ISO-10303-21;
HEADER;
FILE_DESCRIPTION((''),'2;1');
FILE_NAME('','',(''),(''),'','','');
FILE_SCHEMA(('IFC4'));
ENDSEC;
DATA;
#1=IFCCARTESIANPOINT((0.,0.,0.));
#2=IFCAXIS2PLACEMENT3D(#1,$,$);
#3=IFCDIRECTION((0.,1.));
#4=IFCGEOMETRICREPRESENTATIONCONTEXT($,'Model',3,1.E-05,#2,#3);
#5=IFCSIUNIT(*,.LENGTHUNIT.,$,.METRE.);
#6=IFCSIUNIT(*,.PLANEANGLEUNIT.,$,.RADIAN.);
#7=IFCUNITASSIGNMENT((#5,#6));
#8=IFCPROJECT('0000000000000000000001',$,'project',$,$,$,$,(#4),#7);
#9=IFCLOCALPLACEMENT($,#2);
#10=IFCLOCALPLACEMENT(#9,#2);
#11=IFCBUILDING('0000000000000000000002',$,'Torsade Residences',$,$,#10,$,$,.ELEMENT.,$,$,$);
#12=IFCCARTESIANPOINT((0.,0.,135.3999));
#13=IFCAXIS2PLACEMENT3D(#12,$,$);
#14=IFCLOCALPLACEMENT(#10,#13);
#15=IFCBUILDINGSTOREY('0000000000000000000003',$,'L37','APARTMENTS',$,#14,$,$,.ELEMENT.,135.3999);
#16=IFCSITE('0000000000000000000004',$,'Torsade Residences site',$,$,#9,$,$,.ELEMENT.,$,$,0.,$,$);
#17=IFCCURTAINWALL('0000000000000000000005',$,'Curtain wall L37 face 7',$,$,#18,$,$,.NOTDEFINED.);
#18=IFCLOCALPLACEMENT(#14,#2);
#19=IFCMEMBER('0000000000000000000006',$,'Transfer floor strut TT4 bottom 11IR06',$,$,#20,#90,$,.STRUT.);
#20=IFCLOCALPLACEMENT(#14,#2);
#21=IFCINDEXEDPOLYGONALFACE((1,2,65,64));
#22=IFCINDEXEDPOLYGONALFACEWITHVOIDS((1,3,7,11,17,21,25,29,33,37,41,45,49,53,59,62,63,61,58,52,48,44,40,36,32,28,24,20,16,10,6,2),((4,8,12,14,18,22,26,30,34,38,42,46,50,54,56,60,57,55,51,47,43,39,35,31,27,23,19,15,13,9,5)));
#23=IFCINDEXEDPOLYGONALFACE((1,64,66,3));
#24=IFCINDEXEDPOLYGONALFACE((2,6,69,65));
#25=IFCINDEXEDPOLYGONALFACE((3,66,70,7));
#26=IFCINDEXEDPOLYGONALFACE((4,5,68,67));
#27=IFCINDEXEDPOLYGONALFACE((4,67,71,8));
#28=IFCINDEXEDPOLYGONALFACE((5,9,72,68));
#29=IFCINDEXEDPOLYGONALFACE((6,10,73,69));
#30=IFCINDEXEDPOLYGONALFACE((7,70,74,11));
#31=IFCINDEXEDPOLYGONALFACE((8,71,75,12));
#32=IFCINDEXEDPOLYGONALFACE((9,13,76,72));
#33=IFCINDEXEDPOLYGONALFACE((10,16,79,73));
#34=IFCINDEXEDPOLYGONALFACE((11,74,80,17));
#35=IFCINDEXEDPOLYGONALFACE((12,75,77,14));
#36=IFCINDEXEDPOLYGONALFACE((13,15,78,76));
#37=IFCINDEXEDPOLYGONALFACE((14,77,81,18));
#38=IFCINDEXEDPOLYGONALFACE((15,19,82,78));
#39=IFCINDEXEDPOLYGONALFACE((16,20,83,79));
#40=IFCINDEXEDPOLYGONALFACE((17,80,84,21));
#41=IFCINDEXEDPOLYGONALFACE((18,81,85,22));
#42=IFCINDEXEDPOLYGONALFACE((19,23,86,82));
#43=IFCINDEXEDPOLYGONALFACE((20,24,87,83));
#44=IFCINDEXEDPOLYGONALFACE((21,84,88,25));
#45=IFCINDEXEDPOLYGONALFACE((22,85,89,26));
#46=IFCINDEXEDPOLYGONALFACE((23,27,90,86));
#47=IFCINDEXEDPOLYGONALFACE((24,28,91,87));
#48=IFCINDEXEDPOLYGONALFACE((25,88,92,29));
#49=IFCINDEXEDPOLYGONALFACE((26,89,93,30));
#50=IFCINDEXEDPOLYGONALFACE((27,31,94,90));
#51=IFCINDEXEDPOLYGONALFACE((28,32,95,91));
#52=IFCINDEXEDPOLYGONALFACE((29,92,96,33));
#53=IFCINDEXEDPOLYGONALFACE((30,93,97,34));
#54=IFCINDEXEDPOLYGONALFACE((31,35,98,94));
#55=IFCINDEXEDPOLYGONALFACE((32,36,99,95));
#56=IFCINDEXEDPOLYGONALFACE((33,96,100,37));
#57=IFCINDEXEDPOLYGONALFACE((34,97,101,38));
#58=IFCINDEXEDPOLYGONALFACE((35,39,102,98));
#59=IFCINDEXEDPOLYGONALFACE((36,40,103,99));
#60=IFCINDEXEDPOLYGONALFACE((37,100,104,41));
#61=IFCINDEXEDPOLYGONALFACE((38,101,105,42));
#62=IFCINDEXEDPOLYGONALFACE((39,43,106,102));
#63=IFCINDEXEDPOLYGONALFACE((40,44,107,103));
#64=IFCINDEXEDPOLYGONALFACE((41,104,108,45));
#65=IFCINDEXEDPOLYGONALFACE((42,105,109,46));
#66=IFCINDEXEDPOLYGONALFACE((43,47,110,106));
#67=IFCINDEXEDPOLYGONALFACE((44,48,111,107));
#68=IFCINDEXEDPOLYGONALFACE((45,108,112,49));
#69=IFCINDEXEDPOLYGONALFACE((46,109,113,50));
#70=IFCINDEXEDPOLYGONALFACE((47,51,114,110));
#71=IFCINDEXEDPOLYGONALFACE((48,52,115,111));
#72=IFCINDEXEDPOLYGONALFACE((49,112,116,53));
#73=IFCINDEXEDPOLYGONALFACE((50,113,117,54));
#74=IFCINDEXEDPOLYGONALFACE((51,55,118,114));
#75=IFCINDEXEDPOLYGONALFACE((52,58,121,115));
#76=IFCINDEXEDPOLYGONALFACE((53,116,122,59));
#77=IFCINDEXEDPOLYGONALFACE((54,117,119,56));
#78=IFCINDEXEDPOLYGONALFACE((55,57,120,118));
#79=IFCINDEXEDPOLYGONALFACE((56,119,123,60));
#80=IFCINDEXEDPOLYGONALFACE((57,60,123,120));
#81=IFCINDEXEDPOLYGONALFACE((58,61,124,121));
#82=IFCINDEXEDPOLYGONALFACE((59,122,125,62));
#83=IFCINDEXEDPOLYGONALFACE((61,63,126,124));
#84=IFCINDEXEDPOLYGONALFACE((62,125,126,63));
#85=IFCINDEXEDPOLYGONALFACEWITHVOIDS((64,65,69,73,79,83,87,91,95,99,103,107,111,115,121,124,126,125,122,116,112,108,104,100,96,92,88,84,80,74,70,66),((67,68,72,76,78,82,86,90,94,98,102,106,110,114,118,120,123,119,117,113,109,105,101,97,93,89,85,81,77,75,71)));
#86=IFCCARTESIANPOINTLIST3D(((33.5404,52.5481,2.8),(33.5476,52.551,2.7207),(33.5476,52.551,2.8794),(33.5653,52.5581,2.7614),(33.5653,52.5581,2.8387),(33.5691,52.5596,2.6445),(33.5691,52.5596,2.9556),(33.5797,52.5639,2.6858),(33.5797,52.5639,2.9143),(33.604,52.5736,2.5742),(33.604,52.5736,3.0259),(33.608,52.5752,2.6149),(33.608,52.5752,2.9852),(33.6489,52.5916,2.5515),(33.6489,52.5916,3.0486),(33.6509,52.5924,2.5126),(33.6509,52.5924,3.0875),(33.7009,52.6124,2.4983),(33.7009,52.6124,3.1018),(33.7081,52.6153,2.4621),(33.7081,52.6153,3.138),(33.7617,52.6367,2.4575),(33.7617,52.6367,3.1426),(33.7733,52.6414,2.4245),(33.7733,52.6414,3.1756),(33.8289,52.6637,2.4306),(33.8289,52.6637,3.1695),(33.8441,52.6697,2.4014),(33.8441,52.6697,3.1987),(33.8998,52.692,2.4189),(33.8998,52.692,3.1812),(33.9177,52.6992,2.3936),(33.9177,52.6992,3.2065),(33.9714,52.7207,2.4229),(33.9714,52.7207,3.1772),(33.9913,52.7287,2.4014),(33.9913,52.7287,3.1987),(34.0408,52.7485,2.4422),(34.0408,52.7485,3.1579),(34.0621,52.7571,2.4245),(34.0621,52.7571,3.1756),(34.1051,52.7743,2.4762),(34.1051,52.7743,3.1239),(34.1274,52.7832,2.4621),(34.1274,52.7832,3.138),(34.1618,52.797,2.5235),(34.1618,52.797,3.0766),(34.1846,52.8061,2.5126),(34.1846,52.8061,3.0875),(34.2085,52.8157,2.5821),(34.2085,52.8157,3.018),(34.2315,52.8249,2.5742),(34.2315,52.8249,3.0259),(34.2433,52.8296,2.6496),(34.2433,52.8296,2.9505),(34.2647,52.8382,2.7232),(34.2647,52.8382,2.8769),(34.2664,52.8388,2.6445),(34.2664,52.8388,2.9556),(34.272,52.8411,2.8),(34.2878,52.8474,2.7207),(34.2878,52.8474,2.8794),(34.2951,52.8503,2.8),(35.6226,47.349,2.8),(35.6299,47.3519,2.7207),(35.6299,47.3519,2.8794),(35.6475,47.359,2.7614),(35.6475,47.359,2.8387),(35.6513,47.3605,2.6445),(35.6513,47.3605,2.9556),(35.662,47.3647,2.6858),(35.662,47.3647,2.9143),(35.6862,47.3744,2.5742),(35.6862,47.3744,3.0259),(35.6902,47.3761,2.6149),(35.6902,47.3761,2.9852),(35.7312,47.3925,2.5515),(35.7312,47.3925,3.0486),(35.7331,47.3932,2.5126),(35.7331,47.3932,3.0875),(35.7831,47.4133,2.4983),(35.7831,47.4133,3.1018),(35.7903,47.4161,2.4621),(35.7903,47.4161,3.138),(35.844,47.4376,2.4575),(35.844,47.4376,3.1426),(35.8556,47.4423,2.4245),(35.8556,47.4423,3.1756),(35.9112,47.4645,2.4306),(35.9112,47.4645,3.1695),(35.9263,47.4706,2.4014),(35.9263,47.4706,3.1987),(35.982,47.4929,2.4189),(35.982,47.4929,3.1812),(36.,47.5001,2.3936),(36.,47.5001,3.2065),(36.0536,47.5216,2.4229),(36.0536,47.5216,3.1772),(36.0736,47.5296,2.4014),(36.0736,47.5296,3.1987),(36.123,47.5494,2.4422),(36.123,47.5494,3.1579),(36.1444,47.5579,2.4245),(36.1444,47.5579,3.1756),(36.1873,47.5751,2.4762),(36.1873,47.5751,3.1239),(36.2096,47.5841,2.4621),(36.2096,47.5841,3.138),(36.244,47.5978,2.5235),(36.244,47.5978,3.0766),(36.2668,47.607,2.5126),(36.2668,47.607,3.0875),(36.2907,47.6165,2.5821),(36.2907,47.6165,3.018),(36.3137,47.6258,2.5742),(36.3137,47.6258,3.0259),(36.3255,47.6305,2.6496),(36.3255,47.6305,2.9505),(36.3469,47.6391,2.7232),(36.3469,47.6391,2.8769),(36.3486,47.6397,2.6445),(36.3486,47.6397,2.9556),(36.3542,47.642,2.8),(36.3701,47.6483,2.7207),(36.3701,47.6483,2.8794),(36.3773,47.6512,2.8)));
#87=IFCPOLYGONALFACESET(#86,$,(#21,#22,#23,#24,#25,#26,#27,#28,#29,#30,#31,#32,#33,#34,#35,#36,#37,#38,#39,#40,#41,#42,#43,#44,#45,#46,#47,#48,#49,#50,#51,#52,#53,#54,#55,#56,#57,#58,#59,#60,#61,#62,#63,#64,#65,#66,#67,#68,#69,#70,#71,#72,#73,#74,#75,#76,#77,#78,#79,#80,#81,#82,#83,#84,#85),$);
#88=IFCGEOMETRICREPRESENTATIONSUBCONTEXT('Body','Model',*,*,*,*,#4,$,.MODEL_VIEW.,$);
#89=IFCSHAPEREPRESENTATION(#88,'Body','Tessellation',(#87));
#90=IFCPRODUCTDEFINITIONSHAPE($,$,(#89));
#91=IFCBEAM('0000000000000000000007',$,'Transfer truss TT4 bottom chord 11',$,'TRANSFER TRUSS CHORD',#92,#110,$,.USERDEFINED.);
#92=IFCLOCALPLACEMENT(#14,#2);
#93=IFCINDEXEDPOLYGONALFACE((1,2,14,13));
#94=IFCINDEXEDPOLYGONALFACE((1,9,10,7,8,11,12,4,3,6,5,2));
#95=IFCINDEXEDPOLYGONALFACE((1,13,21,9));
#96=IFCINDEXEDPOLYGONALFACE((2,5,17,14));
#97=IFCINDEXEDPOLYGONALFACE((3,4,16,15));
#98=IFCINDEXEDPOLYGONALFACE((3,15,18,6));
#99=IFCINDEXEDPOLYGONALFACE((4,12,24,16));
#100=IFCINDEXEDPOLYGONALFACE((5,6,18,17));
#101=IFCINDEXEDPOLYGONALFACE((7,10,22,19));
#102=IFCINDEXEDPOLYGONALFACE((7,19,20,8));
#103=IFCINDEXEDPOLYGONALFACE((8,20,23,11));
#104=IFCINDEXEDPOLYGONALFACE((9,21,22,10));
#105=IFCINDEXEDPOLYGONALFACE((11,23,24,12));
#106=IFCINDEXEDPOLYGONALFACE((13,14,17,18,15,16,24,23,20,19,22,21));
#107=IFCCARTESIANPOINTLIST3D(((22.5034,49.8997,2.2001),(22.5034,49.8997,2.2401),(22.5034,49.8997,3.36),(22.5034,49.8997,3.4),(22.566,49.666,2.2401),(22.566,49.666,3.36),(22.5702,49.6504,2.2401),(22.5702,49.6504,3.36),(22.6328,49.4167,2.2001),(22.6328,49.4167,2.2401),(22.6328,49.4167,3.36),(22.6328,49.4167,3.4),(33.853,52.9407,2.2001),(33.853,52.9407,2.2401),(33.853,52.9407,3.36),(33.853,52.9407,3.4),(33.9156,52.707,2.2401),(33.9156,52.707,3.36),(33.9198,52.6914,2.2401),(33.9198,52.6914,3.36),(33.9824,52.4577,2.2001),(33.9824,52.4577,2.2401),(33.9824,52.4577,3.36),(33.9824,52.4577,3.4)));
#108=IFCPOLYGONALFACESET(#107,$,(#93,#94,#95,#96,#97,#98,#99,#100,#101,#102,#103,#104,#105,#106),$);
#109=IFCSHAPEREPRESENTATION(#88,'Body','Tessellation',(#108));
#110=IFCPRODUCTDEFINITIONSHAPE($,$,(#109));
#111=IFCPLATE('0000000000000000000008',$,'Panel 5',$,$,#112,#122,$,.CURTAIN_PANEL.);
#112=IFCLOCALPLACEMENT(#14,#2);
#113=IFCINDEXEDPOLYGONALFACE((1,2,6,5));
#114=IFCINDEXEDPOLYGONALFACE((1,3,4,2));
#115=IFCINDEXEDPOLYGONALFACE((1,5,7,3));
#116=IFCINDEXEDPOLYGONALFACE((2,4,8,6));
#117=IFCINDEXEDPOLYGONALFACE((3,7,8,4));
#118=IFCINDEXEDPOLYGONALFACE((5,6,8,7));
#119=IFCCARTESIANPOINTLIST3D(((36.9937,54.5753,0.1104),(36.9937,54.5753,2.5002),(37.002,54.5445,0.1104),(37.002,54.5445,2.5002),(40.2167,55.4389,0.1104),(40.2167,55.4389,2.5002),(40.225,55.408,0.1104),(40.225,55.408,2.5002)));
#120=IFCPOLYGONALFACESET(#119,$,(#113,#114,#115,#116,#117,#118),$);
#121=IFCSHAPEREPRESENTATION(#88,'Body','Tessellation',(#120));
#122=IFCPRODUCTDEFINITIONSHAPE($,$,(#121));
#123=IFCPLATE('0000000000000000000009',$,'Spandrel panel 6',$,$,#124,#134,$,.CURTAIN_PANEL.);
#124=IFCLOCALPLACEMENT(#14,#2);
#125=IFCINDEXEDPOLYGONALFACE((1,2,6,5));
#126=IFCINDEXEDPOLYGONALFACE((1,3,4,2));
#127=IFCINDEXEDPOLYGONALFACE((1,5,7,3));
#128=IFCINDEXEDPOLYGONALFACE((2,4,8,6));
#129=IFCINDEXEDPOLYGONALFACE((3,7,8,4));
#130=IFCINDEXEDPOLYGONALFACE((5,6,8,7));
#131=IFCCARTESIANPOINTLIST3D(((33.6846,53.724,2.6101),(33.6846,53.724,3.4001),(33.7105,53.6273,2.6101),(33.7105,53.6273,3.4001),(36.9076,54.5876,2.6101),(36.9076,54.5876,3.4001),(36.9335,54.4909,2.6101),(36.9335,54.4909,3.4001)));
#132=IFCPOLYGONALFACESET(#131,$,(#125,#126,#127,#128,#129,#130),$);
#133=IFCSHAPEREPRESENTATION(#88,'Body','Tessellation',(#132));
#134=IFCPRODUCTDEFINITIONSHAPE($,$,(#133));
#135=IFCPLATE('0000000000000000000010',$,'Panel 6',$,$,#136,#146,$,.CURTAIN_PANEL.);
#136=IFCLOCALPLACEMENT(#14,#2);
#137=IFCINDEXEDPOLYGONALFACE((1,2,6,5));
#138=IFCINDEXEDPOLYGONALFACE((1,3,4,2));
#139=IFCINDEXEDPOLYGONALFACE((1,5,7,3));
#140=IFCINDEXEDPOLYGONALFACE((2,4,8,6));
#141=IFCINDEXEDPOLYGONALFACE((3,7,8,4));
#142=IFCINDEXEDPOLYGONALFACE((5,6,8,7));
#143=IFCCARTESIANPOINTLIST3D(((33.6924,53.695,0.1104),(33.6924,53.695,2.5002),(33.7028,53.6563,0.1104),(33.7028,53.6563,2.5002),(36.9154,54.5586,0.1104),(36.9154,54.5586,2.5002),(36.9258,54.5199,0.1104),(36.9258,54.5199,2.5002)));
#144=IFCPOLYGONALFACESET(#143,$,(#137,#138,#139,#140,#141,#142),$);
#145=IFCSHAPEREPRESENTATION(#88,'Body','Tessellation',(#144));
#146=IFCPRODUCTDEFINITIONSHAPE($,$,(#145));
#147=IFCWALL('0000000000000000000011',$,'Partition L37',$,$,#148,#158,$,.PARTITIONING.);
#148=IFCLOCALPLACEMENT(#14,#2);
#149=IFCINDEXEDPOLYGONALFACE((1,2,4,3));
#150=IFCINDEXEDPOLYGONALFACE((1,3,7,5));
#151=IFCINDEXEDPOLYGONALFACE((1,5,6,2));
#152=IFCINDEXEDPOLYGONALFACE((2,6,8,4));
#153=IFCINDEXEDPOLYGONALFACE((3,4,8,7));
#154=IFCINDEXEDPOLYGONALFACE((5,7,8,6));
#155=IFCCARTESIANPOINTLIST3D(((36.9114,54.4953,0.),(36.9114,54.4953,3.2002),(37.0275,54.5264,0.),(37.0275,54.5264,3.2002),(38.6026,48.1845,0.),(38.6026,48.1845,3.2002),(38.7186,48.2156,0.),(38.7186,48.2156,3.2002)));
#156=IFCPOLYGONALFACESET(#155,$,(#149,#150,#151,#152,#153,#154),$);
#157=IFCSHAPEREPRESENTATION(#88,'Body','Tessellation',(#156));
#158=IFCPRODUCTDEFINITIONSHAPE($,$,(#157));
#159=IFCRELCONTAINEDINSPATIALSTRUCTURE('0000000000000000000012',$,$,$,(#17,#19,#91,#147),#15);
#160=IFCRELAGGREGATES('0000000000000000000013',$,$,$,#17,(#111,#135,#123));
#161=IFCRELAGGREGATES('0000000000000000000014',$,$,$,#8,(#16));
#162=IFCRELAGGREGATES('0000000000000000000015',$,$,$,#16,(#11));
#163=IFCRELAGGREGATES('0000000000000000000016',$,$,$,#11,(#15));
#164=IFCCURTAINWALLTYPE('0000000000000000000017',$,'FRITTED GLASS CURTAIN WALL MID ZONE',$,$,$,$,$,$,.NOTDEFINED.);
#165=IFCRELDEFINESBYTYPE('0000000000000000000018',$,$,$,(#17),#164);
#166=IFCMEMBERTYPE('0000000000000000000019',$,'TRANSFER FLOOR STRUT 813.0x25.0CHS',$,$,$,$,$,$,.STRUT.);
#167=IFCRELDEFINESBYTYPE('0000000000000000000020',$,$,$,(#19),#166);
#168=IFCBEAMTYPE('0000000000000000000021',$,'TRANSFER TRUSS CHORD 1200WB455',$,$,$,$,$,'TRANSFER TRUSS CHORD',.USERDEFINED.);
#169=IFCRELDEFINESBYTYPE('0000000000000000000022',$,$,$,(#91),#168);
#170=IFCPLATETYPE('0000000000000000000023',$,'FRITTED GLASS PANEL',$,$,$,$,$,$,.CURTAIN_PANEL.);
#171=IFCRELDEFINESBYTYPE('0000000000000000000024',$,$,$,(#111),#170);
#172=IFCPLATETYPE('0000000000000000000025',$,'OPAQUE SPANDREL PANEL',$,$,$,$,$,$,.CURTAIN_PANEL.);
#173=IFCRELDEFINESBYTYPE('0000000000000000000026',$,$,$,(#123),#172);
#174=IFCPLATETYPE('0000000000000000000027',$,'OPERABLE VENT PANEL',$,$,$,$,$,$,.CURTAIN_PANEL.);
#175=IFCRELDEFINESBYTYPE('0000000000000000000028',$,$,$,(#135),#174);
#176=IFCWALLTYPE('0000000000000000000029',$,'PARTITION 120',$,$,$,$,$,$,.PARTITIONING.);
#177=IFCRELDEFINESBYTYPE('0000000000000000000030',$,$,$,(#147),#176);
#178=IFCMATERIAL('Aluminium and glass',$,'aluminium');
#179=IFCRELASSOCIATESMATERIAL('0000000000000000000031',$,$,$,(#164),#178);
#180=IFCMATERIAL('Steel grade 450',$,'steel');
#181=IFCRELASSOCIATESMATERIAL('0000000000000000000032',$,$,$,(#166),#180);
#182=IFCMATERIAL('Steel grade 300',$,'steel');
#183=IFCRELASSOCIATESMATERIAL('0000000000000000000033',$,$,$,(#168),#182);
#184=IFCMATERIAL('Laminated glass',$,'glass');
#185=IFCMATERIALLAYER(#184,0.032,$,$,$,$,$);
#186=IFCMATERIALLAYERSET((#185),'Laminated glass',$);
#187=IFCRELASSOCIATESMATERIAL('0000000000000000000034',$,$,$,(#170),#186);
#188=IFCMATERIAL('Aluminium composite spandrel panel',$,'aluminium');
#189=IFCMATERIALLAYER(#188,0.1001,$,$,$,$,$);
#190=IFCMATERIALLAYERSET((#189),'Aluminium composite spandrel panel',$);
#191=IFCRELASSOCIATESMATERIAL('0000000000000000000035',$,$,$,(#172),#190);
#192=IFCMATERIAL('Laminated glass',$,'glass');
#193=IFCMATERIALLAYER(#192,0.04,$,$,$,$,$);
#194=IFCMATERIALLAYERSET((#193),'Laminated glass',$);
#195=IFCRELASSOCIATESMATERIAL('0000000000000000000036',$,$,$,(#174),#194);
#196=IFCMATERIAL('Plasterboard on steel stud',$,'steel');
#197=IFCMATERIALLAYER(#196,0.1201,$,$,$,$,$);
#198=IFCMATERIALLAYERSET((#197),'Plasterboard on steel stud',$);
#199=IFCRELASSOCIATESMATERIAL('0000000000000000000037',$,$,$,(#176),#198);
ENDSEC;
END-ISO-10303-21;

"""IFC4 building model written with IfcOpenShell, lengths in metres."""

from ifc_helpers import new_model, si_unit, direction, frame, frame_2d, origin, origin_2d, place, context, subcontext, project, spatial, rectangle, hollow_circle, i_section, extrude, material, layer, layer_set, material_profile, profile_set, type_object, element, aggregate, save


model = new_model("IFC4")

# Units and contexts
model_context = context("Model", 3, precision=1e-05, world=origin(), true_north=direction((0.0, 1.0)))
body_context = subcontext(model_context, "Body", "Model", "MODEL_VIEW")
ifc_project = project(units=[si_unit("LENGTHUNIT", "METRE"), si_unit("PLANEANGLEUNIT", "RADIAN")], contexts=[model_context])

# Site, building, storey
site_placement = place(None, origin())
site = spatial("IfcSite", under=ifc_project, at=site_placement, Name="Torsade Residences site", CompositionType="ELEMENT", RefElevation=0.0)
building_placement = place(site_placement, origin())
building = spatial("IfcBuilding", under=site, at=building_placement, Name="Torsade Residences", CompositionType="ELEMENT")
storey_placement = place(building_placement, frame((0.0, 0.0, 135.3999)))
storey = spatial("IfcBuildingStorey", under=building, at=storey_placement, Name="L37", Description="APARTMENTS", CompositionType="ELEMENT", Elevation=135.3999)

# Curtain wall
ifc_material_1 = material(Name="Aluminium and glass", Category="aluminium")
curtain_wall_type = type_object("IfcCurtainWallType", Name="FRITTED GLASS CURTAIN WALL MID ZONE", PredefinedType="NOTDEFINED", material=ifc_material_1)
curtain_wall_placement = place(storey_placement, origin())
curtain_wall = element("IfcCurtainWall", 1, at=curtain_wall_placement, inside=storey, type_object=curtain_wall_type, Name="Curtain wall L37 face 7", PredefinedType="NOTDEFINED")

# Member
ifc_material_2 = material(Name="Steel grade 450", Category="steel")
ifc_material_profile_1 = material_profile(ifc_material_2, hollow_circle(Radius=0.4065, WallThickness=0.0249, at=origin_2d()), Name="813.0x25.0CHS")
ifc_profile_set_1 = profile_set([ifc_material_profile_1], Name="Steel grade 450")
member_type_1 = type_object("IfcMemberType", Name="TRANSFER FLOOR STRUT 813.0x25.0CHS", PredefinedType="STRUT", material=ifc_profile_set_1)
member_1_placement = place(storey_placement, frame((33.9177, 52.6992, 2.8), z_axis=(0.371789, -0.928317, 0.0), x_axis=(0.928317, 0.371789, 0.0)))
element("IfcMember", 2, at=member_1_placement, inside=storey, type_object=member_type_1, Name="Transfer floor strut TT4 bottom 11IR06", PredefinedType="STRUT", context=body_context, shape_type="SweptSolid", body=[
    extrude(hollow_circle(Radius=0.4065, WallThickness=0.0249, at=origin_2d()), origin(), (0.0, 0.0, 1.0), 5.6006),
])

# Beam
ifc_material_3 = material(Name="Steel grade 300", Category="steel")
ifc_material_profile_2 = material_profile(ifc_material_3, i_section(OverallWidth=0.5, OverallDepth=1.2, WebThickness=0.0161, FlangeThickness=0.04, at=origin_2d()), Name="1200WB455")
ifc_profile_set_2 = profile_set([ifc_material_profile_2], Name="Steel grade 300")
beam_type_1 = type_object("IfcBeamType", Name="TRANSFER TRUSS CHORD 1200WB455", ElementType="TRANSFER TRUSS CHORD", PredefinedType="USERDEFINED", material=ifc_profile_set_2)
beam_1_placement = place(storey_placement, frame((33.9177, 52.6992, 2.8), z_axis=(-0.965928, -0.258811, 0.0), x_axis=(0.258811, -0.965928, 0.0)))
element("IfcBeam", 3, at=beam_1_placement, inside=storey, type_object=beam_type_1, Name="Transfer truss TT4 bottom chord 11", ObjectType="TRANSFER TRUSS CHORD", PredefinedType="USERDEFINED", context=body_context, shape_type="SweptSolid", body=[
    extrude(i_section(OverallWidth=0.5, OverallDepth=1.2, WebThickness=0.0161, FlangeThickness=0.04, at=origin_2d()), origin(), (0.0, 0.0, 1.0), 11.75),
])

# Plates
ifc_material_4 = material(Name="Laminated glass", Category="glass")
ifc_layer_1 = layer(ifc_material_4, 0.032)
ifc_layer_set_1 = layer_set([ifc_layer_1], Name="Laminated glass")
plate_type_1 = type_object("IfcPlateType", Name="FRITTED GLASS PANEL", PredefinedType="CURTAIN_PANEL", material=ifc_layer_set_1)
plate_1_placement = place(storey_placement, frame((38.6094, 54.9917, 0.1104), z_axis=(0.0, 0.0, 1.0), x_axis=(-0.965926, -0.258819, 0.0)))
plate_1 = element("IfcPlate", 4, at=plate_1_placement, type_object=plate_type_1, Name="Panel 5", PredefinedType="CURTAIN_PANEL", context=body_context, shape_type="SweptSolid", body=[
    extrude(rectangle(XDim=3.3367, YDim=0.032, at=origin_2d()), origin(), (0.0, 0.0, 1.0), 2.3899),
])
ifc_material_5 = material(Name="Aluminium composite spandrel panel", Category="aluminium")
ifc_layer_2 = layer(ifc_material_5, 0.1001)
ifc_layer_set_2 = layer_set([ifc_layer_2], Name="Aluminium composite spandrel panel")
plate_type_2 = type_object("IfcPlateType", Name="OPAQUE SPANDREL PANEL", PredefinedType="CURTAIN_PANEL", material=ifc_layer_set_2)
plate_2_placement = place(storey_placement, frame((35.3091, 54.1074, 2.6101), z_axis=(0.0, 0.0, 1.0), x_axis=(-0.965926, -0.258819, 0.0)))
plate_2 = element("IfcPlate", 5, at=plate_2_placement, type_object=plate_type_2, Name="Spandrel panel 6", PredefinedType="CURTAIN_PANEL", context=body_context, shape_type="SweptSolid", body=[
    extrude(rectangle(XDim=3.3367, YDim=0.1001, at=origin_2d()), origin(), (0.0, 0.0, 1.0), 0.79),
])
ifc_material_6 = material(Name="Laminated glass", Category="glass")
ifc_layer_3 = layer(ifc_material_6, 0.04)
ifc_layer_set_3 = layer_set([ifc_layer_3], Name="Laminated glass")
plate_type_3 = type_object("IfcPlateType", Name="OPERABLE VENT PANEL", PredefinedType="CURTAIN_PANEL", material=ifc_layer_set_3)
plate_3_placement = place(storey_placement, frame((35.3091, 54.1074, 0.1104), z_axis=(0.0, 0.0, 1.0), x_axis=(-0.965926, -0.258819, 0.0)))
plate_3 = element("IfcPlate", 6, at=plate_3_placement, type_object=plate_type_3, Name="Panel 6", PredefinedType="CURTAIN_PANEL", context=body_context, shape_type="SweptSolid", body=[
    extrude(rectangle(XDim=3.3367, YDim=0.04, at=origin_2d()), origin(), (0.0, 0.0, 1.0), 2.3899),
])
aggregate(curtain_wall, [plate_1, plate_3, plate_2])

# Wall
ifc_material_7 = material(Name="Plasterboard on steel stud", Category="steel")
ifc_layer_4 = layer(ifc_material_7, 0.1201)
ifc_layer_set_4 = layer_set([ifc_layer_4], Name="Plasterboard on steel stud")
wall_type = type_object("IfcWallType", Name="PARTITION 120", PredefinedType="PARTITIONING", material=ifc_layer_set_4)
wall_placement = place(storey_placement, frame((36.9695, 54.5107, 0.0), z_axis=(0.0, 0.0, 1.0), x_axis=(0.258846, -0.965919, 0.0)))
element("IfcWall", 7, at=wall_placement, inside=storey, type_object=wall_type, Name="Partition L37", PredefinedType="PARTITIONING", context=body_context, shape_type="SweptSolid", body=[
    extrude(rectangle(XDim=6.5334, YDim=0.1201, at=frame_2d((3.2666, 0.0))), origin(), (0.0, 0.0, 1.0), 3.2002),
])

save(model, "model.ifc")
